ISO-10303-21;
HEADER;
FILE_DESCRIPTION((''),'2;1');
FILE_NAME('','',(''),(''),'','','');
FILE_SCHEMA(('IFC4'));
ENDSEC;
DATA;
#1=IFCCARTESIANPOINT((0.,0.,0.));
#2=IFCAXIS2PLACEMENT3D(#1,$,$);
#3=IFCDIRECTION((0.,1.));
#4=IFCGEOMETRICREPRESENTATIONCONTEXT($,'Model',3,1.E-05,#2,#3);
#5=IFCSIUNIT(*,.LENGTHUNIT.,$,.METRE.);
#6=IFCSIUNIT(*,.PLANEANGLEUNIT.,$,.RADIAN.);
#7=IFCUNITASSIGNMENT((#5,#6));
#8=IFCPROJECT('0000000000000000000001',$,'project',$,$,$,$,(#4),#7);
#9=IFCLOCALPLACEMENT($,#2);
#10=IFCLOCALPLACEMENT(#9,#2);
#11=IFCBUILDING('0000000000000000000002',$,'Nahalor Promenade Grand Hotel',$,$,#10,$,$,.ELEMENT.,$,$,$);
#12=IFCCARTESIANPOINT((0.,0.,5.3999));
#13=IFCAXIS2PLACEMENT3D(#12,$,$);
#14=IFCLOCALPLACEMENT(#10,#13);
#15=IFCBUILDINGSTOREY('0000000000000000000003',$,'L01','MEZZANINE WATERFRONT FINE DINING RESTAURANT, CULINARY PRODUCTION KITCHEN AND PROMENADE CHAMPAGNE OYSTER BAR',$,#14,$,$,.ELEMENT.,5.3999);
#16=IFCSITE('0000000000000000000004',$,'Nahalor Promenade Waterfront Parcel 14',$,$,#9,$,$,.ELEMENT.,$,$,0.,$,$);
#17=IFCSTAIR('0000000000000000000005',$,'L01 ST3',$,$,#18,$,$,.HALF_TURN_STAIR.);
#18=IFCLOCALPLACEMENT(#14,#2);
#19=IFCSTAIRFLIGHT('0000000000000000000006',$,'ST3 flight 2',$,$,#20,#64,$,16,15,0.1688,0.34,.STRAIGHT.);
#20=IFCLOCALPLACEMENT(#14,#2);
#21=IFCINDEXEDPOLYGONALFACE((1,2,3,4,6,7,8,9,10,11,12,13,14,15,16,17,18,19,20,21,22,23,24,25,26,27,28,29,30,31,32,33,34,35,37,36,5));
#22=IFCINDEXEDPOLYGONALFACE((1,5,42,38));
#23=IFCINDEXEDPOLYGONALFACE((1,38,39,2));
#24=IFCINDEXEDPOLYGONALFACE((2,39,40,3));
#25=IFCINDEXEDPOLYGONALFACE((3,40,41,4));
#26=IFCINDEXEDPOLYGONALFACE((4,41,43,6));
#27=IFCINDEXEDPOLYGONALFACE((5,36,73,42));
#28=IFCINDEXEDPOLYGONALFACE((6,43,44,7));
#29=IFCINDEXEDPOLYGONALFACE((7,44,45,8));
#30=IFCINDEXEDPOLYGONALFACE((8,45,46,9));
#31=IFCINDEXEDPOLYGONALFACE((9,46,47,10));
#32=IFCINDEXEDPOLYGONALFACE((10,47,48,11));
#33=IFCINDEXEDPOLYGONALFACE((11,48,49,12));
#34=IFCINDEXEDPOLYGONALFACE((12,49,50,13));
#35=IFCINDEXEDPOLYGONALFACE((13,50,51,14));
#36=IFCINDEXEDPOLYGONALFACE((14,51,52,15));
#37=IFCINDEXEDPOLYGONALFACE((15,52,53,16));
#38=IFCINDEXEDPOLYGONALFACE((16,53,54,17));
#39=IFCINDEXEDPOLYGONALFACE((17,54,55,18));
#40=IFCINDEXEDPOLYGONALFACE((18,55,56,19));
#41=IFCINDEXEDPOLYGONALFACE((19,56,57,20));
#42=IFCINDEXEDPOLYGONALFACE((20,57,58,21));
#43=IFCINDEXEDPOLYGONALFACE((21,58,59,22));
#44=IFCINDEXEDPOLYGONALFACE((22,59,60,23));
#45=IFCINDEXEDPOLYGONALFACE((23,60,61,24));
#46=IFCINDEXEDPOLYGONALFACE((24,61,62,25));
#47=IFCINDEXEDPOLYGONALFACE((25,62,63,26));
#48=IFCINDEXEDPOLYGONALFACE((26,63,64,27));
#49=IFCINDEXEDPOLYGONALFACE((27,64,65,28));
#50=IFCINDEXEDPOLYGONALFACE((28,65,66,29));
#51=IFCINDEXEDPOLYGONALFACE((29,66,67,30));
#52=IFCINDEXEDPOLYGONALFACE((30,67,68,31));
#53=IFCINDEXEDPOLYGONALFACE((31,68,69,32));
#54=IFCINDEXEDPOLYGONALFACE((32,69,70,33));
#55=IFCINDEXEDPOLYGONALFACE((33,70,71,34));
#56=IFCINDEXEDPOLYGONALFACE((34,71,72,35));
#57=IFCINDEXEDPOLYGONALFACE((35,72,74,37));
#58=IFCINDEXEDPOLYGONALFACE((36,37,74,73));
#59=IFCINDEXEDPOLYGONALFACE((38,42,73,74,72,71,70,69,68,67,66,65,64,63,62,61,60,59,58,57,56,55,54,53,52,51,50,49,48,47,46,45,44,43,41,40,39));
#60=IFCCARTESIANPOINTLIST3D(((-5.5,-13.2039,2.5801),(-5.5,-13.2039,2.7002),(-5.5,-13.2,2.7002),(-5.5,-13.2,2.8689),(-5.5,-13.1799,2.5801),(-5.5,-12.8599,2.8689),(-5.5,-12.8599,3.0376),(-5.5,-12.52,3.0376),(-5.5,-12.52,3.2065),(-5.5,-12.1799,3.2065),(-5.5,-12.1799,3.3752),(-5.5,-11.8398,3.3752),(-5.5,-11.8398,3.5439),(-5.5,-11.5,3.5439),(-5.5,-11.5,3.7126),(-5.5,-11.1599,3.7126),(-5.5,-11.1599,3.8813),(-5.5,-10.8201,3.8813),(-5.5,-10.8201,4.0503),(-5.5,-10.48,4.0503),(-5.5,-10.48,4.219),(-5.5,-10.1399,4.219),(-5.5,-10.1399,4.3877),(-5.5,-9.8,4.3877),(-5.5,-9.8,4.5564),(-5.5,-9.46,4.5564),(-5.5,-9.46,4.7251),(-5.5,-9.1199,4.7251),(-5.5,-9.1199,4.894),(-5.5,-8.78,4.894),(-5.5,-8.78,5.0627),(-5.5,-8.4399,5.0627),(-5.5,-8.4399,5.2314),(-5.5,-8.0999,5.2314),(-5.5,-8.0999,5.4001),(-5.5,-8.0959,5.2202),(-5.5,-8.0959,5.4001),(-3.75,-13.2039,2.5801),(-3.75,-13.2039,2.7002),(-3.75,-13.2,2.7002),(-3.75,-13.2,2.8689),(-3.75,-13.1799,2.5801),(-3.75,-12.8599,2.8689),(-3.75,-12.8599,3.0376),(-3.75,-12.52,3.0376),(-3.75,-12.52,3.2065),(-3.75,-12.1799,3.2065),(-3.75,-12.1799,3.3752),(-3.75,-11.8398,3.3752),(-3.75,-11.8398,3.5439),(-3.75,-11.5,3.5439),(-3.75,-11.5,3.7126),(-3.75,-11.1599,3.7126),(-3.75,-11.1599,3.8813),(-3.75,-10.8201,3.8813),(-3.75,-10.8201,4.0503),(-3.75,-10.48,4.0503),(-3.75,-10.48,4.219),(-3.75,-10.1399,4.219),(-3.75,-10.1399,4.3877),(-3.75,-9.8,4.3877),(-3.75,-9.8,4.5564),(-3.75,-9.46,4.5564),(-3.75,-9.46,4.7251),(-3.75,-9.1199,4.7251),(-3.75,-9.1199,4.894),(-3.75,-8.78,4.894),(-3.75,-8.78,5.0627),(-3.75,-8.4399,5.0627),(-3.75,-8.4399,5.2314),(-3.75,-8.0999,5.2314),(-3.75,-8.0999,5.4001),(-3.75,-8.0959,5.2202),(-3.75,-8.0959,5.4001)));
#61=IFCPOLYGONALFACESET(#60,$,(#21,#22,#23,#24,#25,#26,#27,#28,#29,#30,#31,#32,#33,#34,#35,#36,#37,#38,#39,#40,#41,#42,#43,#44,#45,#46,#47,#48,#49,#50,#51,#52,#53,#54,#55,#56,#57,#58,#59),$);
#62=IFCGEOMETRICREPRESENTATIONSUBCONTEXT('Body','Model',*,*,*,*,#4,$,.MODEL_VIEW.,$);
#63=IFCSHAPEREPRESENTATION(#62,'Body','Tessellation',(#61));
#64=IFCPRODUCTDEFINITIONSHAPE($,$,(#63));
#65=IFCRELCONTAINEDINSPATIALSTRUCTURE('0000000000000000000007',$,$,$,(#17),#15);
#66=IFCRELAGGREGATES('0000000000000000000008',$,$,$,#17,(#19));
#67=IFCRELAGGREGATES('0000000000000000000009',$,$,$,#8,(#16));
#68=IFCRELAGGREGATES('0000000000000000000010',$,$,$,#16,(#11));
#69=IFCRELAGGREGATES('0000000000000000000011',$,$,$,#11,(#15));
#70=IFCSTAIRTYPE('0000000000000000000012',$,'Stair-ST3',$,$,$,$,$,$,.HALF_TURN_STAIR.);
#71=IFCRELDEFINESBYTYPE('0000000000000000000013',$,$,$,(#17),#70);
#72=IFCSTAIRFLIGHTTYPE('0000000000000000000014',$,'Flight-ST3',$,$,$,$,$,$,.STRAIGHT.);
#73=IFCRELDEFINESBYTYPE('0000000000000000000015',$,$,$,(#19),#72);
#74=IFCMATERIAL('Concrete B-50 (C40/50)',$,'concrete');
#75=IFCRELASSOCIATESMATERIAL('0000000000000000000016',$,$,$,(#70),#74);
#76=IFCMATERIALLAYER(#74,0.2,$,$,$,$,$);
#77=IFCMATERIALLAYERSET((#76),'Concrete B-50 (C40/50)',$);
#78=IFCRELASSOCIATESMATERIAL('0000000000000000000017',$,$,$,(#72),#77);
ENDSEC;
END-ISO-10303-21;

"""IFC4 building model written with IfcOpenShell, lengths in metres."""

from ifc_helpers import new_model, si_unit, direction, frame, origin, place, context, subcontext, project, spatial, polyline, outline, extrude, source, transform, mapped, material, layer, layer_set, type_object, element, aggregate, save


model = new_model("IFC4")

# Units and contexts
model_context = context("Model", 3, precision=1e-05, world=origin(), true_north=direction((0.0, 1.0)))
body_context = subcontext(model_context, "Body", "Model", "MODEL_VIEW")
ifc_project = project(units=[si_unit("LENGTHUNIT", "METRE"), si_unit("PLANEANGLEUNIT", "RADIAN")], contexts=[model_context])

# Site, building, storey
site_placement = place(None, origin())
site = spatial("IfcSite", under=ifc_project, at=site_placement, Name="Nahalor Promenade Waterfront Parcel 14", CompositionType="ELEMENT", RefElevation=0.0)
building_placement = place(site_placement, origin())
building = spatial("IfcBuilding", under=site, at=building_placement, Name="Nahalor Promenade Grand Hotel", CompositionType="ELEMENT")
storey_placement = place(building_placement, frame((0.0, 0.0, 5.3999)))
storey = spatial("IfcBuildingStorey", under=building, at=storey_placement, Name="L01", Description="MEZZANINE WATERFRONT FINE DINING RESTAURANT, CULINARY PRODUCTION KITCHEN AND PROMENADE CHAMPAGNE OYSTER BAR", CompositionType="ELEMENT", Elevation=5.3999)

# Shared definitions
ifc_material_1 = material(Name="Concrete B-50 (C40/50)", Category="concrete")

# Stair, stair flight
stair_type_1 = type_object("IfcStairType", Name="Stair-ST3", PredefinedType="HALF_TURN_STAIR", material=ifc_material_1)
stair_1_placement = place(storey_placement, origin())
stair_1 = element("IfcStair", 1, at=stair_1_placement, inside=storey, type_object=stair_type_1, Name="L01 ST3", PredefinedType="HALF_TURN_STAIR")
ifc_layer_1 = layer(ifc_material_1, 0.2)
ifc_layer_set_1 = layer_set([ifc_layer_1], Name="Concrete B-50 (C40/50)")
stair_flight_type_1 = type_object("IfcStairFlightType", Name="Flight-ST3", PredefinedType="STRAIGHT", material=ifc_layer_set_1)
shared_shape_1 = source(origin(), body_context, "Body", "SweptSolid", [
    extrude(outline(polyline([(-0.0039, -0.1201), (-0.0039, 0.0), (0.0, 0.0), (0.0, 0.1687), (0.3401, 0.1687), (0.3401, 0.3374), (0.6799, 0.3374), (0.6799, 0.5063), (1.02, 0.5063), (1.02, 0.675), (1.3601, 0.675), (1.3601, 0.8438), (1.7, 0.8438), (1.7, 1.0125), (2.04, 1.0125), (2.04, 1.1812), (2.3799, 1.1812), (2.3799, 1.3501), (2.72, 1.3501), (2.72, 1.5188), (3.0601, 1.5188), (3.0601, 1.6875), (3.3999, 1.6875), (3.3999, 1.8562), (3.74, 1.8562), (3.74, 2.0249), (4.0801, 2.0249), (4.0801, 2.1938), (4.4199, 2.1938), (4.4199, 2.3625), (4.76, 2.3625), (4.76, 2.5312), (5.1001, 2.5312), (5.1001, 2.7), (5.104, 2.7), (5.104, 2.52), (0.02, -0.1201), (-0.0039, -0.1201)])), frame((0.0, 0.875, 0.0), z_axis=(0.0, -1.0, 0.0), x_axis=(1.0, 0.0, 0.0)), (0.0, 0.0, 1.0), 1.75),
])
stair_flight_1_placement = place(storey_placement, frame((-4.625, -13.2, 2.7002), z_axis=(0.0, 0.0, 1.0), x_axis=(0.0, 1.0, 0.0)))
stair_flight_1 = element("IfcStairFlight", 2, at=stair_flight_1_placement, type_object=stair_flight_type_1, Name="ST3 flight 2", NumberOfRisers=16, NumberOfTreads=15, PredefinedType="STRAIGHT", RiserHeight=0.1688, TreadLength=0.34, context=body_context, shape_type="MappedRepresentation", body=[
    mapped(shared_shape_1, transform((0.0, 0.0, 0.0), scale=1.0)),
])
aggregate(stair_1, [stair_flight_1])

save(model, "model.ifc")
